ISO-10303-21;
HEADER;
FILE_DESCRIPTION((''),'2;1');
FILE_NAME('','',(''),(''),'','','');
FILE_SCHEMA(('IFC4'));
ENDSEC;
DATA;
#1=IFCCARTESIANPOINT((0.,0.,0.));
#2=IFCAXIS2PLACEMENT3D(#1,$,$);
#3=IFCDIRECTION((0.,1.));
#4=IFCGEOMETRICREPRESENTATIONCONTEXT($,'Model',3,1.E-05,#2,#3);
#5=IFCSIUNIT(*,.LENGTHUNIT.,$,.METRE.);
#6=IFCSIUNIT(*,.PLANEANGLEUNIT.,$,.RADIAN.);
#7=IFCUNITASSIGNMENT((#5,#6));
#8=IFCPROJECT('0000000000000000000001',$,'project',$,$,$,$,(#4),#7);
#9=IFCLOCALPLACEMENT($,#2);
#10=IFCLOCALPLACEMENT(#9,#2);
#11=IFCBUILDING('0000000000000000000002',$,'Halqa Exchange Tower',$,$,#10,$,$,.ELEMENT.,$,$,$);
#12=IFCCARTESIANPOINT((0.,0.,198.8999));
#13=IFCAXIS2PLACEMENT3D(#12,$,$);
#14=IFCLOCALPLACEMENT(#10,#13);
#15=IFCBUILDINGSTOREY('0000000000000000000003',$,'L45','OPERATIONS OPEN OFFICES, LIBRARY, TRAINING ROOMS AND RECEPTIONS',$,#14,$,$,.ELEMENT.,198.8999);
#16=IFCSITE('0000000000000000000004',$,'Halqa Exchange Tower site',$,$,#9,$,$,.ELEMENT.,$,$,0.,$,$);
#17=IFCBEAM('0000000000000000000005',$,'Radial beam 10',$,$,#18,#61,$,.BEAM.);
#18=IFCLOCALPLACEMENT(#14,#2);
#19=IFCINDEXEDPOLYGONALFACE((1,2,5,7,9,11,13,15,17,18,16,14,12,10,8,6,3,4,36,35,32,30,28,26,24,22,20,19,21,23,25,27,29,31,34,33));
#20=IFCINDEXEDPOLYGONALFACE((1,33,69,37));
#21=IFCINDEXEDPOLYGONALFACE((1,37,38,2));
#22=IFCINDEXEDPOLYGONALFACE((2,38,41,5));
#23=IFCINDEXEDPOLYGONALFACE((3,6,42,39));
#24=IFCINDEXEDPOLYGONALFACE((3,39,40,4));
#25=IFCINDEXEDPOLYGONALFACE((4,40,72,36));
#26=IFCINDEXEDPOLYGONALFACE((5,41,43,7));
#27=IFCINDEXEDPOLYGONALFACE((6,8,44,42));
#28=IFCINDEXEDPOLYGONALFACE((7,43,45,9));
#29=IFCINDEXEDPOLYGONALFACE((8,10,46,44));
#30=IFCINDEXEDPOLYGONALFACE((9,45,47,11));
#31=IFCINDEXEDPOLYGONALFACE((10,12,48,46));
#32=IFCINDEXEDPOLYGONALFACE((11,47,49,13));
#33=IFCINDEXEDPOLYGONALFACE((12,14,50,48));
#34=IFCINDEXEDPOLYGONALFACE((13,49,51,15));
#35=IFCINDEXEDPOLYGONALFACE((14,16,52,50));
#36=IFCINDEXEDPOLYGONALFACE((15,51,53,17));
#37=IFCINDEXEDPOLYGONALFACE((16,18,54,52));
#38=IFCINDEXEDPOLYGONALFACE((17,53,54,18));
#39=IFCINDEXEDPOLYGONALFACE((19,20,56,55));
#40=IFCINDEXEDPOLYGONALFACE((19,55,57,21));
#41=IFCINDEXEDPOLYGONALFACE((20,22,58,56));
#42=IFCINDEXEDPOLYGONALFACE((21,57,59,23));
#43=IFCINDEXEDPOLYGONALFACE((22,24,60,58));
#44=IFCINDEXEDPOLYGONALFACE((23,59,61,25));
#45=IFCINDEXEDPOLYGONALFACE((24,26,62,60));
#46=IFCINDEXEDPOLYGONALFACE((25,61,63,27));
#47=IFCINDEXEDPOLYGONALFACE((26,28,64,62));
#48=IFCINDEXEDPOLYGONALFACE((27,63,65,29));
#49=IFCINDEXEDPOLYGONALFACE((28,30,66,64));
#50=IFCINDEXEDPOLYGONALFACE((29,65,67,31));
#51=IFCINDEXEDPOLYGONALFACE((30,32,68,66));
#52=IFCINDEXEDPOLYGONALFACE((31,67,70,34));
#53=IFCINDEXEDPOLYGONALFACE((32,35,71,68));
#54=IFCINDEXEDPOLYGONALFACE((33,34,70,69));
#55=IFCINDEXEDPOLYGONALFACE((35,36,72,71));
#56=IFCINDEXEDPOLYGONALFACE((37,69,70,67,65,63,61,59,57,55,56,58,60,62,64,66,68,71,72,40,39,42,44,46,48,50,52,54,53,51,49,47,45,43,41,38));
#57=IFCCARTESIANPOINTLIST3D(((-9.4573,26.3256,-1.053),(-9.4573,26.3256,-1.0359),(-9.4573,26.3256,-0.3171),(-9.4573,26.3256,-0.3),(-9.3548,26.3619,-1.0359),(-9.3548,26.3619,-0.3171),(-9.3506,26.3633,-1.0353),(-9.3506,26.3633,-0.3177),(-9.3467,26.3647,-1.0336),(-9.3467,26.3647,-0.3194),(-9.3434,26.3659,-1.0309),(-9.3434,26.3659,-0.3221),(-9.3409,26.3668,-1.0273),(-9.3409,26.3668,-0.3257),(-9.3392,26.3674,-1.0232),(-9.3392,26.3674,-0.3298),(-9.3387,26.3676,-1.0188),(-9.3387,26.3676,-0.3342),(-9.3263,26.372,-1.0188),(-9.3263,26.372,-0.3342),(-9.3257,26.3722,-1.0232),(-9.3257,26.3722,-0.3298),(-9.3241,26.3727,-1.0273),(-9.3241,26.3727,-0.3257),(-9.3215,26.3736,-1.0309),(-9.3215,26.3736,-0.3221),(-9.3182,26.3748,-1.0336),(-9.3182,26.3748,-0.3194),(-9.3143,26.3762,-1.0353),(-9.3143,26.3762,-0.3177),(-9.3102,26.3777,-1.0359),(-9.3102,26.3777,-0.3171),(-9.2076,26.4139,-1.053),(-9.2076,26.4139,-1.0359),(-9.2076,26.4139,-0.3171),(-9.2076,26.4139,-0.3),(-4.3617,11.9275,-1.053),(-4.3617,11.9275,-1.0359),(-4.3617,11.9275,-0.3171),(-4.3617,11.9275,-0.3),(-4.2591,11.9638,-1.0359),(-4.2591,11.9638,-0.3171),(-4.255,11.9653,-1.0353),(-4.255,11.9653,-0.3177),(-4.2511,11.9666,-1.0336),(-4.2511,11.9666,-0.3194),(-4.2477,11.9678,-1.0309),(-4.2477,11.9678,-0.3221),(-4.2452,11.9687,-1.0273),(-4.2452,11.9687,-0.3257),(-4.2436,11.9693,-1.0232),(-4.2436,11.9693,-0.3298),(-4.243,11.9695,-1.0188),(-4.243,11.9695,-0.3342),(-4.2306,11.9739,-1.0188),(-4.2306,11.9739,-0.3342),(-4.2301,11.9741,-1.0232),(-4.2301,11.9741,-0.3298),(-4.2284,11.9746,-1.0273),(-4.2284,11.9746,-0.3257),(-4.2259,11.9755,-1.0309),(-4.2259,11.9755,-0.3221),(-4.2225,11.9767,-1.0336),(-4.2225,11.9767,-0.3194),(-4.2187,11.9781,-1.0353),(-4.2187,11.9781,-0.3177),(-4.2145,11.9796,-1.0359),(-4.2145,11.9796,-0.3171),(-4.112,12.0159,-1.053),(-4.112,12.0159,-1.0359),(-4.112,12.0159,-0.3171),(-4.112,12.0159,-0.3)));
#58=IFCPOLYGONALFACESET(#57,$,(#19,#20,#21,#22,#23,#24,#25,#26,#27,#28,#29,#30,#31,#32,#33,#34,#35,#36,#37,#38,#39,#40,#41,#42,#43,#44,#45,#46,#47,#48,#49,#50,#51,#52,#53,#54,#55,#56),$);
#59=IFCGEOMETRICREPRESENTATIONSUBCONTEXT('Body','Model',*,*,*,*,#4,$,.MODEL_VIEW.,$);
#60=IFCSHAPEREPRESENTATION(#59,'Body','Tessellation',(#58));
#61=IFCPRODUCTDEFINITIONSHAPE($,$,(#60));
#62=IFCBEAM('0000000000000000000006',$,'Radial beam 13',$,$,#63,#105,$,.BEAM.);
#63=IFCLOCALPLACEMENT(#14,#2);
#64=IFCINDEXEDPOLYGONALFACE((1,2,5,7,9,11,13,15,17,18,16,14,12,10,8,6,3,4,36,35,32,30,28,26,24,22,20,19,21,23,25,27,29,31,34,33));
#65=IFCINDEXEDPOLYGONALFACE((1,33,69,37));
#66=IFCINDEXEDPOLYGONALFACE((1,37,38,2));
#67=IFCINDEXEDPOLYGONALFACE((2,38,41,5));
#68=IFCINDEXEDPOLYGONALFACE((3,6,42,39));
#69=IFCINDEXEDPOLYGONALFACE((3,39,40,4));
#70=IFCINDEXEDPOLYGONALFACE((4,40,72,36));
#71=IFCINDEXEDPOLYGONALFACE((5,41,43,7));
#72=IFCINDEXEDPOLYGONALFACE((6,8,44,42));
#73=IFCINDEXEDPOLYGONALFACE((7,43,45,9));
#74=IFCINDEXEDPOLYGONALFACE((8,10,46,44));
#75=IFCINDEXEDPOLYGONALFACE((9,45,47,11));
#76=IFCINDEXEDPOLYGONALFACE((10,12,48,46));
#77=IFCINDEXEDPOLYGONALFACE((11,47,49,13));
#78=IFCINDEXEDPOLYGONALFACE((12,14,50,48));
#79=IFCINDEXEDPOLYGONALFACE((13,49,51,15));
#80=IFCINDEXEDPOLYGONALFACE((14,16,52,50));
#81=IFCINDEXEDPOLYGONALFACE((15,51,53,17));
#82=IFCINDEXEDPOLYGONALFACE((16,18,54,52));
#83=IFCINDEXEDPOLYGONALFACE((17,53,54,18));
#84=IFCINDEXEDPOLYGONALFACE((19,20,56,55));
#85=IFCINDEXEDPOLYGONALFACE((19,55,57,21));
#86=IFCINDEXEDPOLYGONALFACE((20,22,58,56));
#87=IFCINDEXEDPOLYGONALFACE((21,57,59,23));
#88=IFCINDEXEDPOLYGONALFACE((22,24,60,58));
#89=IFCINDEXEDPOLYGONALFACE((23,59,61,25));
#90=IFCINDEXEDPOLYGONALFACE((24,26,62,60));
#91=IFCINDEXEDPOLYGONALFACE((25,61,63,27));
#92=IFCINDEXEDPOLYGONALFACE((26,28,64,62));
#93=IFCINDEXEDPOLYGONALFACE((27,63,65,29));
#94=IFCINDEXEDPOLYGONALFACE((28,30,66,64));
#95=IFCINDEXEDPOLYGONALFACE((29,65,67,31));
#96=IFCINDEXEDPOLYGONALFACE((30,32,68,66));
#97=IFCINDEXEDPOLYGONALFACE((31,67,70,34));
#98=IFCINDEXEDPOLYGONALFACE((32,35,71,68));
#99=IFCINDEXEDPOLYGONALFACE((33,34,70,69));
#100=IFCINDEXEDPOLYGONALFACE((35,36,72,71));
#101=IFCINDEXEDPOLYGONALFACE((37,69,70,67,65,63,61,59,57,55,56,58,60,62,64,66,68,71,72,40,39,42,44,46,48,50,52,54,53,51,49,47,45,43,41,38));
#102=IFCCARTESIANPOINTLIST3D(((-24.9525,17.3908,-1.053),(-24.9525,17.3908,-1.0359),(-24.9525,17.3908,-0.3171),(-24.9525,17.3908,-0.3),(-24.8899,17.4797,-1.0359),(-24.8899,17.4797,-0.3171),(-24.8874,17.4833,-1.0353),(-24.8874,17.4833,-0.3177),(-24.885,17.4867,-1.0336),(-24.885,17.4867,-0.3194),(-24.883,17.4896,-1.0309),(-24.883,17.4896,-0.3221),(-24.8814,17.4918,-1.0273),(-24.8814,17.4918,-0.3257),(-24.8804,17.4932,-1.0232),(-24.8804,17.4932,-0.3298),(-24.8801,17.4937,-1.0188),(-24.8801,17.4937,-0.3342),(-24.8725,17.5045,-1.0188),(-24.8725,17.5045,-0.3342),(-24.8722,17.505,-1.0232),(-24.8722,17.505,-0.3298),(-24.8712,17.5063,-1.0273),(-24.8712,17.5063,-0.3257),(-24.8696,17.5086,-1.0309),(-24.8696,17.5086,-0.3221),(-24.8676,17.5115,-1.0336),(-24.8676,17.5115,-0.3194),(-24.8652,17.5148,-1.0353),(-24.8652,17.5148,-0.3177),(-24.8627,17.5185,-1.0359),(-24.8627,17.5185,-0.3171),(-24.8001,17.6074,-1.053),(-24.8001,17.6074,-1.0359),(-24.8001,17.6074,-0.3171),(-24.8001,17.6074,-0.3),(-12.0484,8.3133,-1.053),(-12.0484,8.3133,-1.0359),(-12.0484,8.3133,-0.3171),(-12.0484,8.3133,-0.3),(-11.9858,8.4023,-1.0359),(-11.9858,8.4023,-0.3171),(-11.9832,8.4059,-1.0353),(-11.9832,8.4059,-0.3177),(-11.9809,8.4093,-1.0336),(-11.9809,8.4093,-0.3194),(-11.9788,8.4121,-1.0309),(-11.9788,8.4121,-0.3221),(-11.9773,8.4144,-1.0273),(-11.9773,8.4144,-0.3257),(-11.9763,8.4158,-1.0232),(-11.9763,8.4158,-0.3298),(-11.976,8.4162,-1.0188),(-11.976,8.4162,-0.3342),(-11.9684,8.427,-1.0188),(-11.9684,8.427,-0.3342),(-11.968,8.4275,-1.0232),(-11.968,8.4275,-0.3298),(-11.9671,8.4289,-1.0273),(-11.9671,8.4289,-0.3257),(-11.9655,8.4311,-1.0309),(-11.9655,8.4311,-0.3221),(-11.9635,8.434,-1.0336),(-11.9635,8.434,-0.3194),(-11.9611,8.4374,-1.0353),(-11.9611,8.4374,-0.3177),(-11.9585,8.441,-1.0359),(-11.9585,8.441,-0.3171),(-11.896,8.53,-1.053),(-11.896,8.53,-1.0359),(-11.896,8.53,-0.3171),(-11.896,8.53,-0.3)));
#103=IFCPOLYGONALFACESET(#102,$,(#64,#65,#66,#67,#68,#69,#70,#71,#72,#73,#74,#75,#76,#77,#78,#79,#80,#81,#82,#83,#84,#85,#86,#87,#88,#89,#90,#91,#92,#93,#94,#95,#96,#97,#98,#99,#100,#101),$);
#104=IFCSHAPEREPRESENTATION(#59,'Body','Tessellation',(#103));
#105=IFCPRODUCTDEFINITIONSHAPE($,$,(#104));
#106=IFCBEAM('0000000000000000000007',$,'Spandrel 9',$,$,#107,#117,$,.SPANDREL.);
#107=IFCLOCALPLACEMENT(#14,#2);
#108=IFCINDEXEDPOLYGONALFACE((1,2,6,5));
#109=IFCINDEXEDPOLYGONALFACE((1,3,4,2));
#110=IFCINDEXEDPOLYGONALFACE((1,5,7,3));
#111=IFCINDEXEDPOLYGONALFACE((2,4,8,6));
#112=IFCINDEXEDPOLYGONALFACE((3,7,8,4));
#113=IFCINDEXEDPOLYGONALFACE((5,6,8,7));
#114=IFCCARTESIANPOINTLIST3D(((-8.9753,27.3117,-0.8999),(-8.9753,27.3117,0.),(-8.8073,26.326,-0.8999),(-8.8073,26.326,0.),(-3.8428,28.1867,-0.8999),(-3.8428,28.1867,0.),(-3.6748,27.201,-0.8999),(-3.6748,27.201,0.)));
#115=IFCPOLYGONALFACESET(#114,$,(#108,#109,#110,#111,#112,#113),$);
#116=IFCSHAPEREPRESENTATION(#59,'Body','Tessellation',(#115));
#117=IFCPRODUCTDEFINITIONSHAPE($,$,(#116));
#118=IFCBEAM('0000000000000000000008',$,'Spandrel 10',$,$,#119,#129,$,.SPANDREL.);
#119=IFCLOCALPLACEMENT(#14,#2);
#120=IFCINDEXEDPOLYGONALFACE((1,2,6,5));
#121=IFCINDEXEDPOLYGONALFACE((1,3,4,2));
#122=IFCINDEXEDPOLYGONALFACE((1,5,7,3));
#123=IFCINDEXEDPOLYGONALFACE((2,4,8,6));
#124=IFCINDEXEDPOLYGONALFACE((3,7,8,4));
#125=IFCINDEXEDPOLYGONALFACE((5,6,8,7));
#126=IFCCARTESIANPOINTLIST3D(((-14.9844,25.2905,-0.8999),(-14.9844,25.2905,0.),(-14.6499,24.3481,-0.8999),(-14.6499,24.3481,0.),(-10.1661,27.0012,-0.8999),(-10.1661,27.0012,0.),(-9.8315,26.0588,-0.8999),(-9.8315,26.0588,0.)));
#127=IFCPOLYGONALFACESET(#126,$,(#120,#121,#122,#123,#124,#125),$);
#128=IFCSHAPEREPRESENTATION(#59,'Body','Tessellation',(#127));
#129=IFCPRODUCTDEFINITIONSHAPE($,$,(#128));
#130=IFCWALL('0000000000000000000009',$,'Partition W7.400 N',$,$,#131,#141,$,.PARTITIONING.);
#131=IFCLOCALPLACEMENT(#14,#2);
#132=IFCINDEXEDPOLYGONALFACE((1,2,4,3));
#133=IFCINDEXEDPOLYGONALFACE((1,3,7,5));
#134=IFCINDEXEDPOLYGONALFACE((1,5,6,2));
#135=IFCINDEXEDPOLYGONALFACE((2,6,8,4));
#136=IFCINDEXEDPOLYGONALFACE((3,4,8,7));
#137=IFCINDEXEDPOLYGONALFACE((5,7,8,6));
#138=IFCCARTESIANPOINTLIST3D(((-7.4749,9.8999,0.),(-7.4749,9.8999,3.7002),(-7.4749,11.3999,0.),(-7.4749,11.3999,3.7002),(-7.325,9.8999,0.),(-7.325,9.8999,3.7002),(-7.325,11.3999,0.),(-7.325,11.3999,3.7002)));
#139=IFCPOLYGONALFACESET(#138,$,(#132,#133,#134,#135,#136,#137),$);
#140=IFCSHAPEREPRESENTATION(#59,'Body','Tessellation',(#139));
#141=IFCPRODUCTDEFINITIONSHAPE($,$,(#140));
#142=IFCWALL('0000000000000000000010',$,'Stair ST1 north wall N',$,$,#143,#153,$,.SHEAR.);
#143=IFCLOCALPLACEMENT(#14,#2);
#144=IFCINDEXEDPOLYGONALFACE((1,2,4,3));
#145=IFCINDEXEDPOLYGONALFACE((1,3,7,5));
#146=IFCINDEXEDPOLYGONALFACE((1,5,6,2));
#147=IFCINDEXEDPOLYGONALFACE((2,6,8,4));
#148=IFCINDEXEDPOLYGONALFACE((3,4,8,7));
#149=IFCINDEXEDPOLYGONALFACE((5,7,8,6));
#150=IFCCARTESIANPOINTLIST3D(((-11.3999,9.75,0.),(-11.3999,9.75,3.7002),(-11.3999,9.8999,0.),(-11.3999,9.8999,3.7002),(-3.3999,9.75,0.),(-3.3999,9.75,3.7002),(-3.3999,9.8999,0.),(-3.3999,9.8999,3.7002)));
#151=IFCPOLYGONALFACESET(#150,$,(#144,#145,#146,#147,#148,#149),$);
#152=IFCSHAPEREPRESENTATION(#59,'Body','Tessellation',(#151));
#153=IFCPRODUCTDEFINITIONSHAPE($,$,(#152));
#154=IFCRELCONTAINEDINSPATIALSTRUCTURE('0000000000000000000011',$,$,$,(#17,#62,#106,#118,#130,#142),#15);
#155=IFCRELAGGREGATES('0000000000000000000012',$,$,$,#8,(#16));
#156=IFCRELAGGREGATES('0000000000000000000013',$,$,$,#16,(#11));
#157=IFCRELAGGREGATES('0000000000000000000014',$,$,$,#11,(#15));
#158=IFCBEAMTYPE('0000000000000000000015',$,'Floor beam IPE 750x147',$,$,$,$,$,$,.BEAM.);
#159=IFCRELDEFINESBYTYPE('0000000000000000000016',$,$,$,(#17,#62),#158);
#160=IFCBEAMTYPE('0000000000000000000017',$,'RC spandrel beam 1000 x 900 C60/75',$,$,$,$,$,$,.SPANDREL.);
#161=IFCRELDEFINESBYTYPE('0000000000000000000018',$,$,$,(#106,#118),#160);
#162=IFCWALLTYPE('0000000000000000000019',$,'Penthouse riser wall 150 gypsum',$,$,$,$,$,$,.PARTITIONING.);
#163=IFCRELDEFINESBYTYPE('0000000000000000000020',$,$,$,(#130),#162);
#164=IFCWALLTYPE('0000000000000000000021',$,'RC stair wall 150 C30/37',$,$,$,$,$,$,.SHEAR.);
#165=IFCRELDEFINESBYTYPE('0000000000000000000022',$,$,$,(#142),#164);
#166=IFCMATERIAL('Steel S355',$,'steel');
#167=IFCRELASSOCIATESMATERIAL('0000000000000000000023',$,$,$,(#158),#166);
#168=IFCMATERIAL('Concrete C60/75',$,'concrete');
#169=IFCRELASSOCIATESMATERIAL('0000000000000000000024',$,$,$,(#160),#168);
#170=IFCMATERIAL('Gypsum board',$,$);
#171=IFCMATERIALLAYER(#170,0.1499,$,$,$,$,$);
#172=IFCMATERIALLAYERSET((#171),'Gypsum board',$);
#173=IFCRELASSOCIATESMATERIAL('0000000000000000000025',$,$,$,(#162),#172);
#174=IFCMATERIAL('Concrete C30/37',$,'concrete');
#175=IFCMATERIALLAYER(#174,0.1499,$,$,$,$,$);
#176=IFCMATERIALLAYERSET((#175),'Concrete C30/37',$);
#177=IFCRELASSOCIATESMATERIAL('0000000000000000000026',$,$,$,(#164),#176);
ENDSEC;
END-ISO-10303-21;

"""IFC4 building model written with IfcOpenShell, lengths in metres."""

from ifc_helpers import new_model, si_unit, direction, frame, frame_2d, origin, origin_2d, place, context, subcontext, project, spatial, rectangle, i_section, extrude, material, layer, layer_set, material_profile, profile_set, type_object, element, save


model = new_model("IFC4")

# Units and contexts
model_context = context("Model", 3, precision=1e-05, world=origin(), true_north=direction((0.0, 1.0)))
body_context = subcontext(model_context, "Body", "Model", "MODEL_VIEW")
ifc_project = project(units=[si_unit("LENGTHUNIT", "METRE"), si_unit("PLANEANGLEUNIT", "RADIAN")], contexts=[model_context])

# Site, building, storey
site_placement = place(None, origin())
site = spatial("IfcSite", under=ifc_project, at=site_placement, Name="Halqa Exchange Tower site", CompositionType="ELEMENT", RefElevation=0.0)
building_placement = place(site_placement, origin())
building = spatial("IfcBuilding", under=site, at=building_placement, Name="Halqa Exchange Tower", CompositionType="ELEMENT")
storey_placement = place(building_placement, frame((0.0, 0.0, 198.8999)))
storey = spatial("IfcBuildingStorey", under=building, at=storey_placement, Name="L45", Description="OPERATIONS OPEN OFFICES, LIBRARY, TRAINING ROOMS AND RECEPTIONS", CompositionType="ELEMENT", Elevation=198.8999)

# Shared definitions
ifc_material_1 = material(Name="Concrete C60/75", Category="concrete")

# Beams
ifc_material_2 = material(Name="Steel S355", Category="steel")
ifc_material_profile_1 = material_profile(ifc_material_2, i_section(OverallWidth=0.2649, OverallDepth=0.7529, WebThickness=0.0132, FlangeThickness=0.0171, FilletRadius=0.0171, at=origin_2d()), Name="IPE 750x147")
ifc_profile_set_1 = profile_set([ifc_material_profile_1], Name="Steel S355")
beam_type_1 = type_object("IfcBeamType", Name="Floor beam IPE 750x147", PredefinedType="BEAM", material=ifc_profile_set_1)
beam_1_placement = place(storey_placement, frame((-4.2368, 11.9717, -0.6765), z_axis=(-0.333634, 0.942703, 0.0), x_axis=(-0.942703, -0.333634, 0.0)))
element("IfcBeam", 1, at=beam_1_placement, inside=storey, type_object=beam_type_1, Name="Radial beam 10", PredefinedType="BEAM", context=body_context, shape_type="SweptSolid", body=[
    extrude(i_section(OverallWidth=0.2649, OverallDepth=0.7529, WebThickness=0.0132, FlangeThickness=0.0171, FilletRadius=0.0171, at=origin_2d()), origin(), (0.0, 0.0, 1.0), 15.2732),
])
beam_2_placement = place(storey_placement, frame((-11.9722, 8.4216, -0.6765), z_axis=(-0.817903, 0.575356, 0.0), x_axis=(-0.575356, -0.817903, 0.0)))
element("IfcBeam", 2, at=beam_2_placement, inside=storey, type_object=beam_type_1, Name="Radial beam 13", PredefinedType="BEAM", context=body_context, shape_type="SweptSolid", body=[
    extrude(i_section(OverallWidth=0.2649, OverallDepth=0.7529, WebThickness=0.0132, FlangeThickness=0.0171, FilletRadius=0.0171, at=origin_2d()), origin(), (0.0, 0.0, 1.0), 15.7771),
])
ifc_material_profile_2 = material_profile(ifc_material_1, rectangle(XDim=1.0, YDim=0.8999, at=origin_2d()), Name="1000 x 900")
ifc_profile_set_2 = profile_set([ifc_material_profile_2], Name="Concrete C60/75")
beam_type_2 = type_object("IfcBeamType", Name="RC spandrel beam 1000 x 900 C60/75", PredefinedType="SPANDREL", material=ifc_profile_set_2)
beam_3_placement = place(storey_placement, frame((-3.7588, 27.6938, -0.45), z_axis=(-0.985778, -0.168055, 0.0), x_axis=(0.168055, -0.985778, 0.0)))
element("IfcBeam", 3, at=beam_3_placement, inside=storey, type_object=beam_type_2, Name="Spandrel 9", PredefinedType="SPANDREL", context=body_context, shape_type="SweptSolid", body=[
    extrude(rectangle(XDim=1.0, YDim=0.8999, at=origin_2d()), origin(), (0.0, 0.0, 1.0), 5.2065),
])
beam_4_placement = place(storey_placement, frame((-9.9988, 26.53, -0.45), z_axis=(-0.942369, -0.334575, 0.0), x_axis=(0.334575, -0.942369, 0.0)))
element("IfcBeam", 4, at=beam_4_placement, inside=storey, type_object=beam_type_2, Name="Spandrel 10", PredefinedType="SPANDREL", context=body_context, shape_type="SweptSolid", body=[
    extrude(rectangle(XDim=1.0, YDim=0.8999, at=origin_2d()), origin(), (0.0, 0.0, 1.0), 5.113),
])

# Walls
ifc_material_3 = material(Name="Gypsum board")
ifc_layer_1 = layer(ifc_material_3, 0.1499)
ifc_layer_set_1 = layer_set([ifc_layer_1], Name="Gypsum board")
wall_type_1 = type_object("IfcWallType", Name="Penthouse riser wall 150 gypsum", PredefinedType="PARTITIONING", material=ifc_layer_set_1)
wall_1_placement = place(storey_placement, frame((-7.3999, 9.8999, 0.0), z_axis=(0.0, 0.0, 1.0), x_axis=(0.0, 1.0, 0.0)))
element("IfcWall", 5, at=wall_1_placement, inside=storey, type_object=wall_type_1, Name="Partition W7.400 N", PredefinedType="PARTITIONING", context=body_context, shape_type="SweptSolid", body=[
    extrude(rectangle(XDim=1.5, YDim=0.1499, at=frame_2d((0.75, 0.0))), origin(), (0.0, 0.0, 1.0), 3.7002),
])
ifc_material_4 = material(Name="Concrete C30/37", Category="concrete")
ifc_layer_2 = layer(ifc_material_4, 0.1499)
ifc_layer_set_2 = layer_set([ifc_layer_2], Name="Concrete C30/37")
wall_type_2 = type_object("IfcWallType", Name="RC stair wall 150 C30/37", PredefinedType="SHEAR", material=ifc_layer_set_2)
wall_2_placement = place(storey_placement, frame((-11.3999, 9.825, 0.0), z_axis=(0.0, 0.0, 1.0), x_axis=(1.0, 0.0, 0.0)))
element("IfcWall", 6, at=wall_2_placement, inside=storey, type_object=wall_type_2, Name="Stair ST1 north wall N", PredefinedType="SHEAR", context=body_context, shape_type="SweptSolid", body=[
    extrude(rectangle(XDim=8.0, YDim=0.1499, at=frame_2d((4.0, 0.0))), origin(), (0.0, 0.0, 1.0), 3.7002),
])

save(model, "model.ifc")
